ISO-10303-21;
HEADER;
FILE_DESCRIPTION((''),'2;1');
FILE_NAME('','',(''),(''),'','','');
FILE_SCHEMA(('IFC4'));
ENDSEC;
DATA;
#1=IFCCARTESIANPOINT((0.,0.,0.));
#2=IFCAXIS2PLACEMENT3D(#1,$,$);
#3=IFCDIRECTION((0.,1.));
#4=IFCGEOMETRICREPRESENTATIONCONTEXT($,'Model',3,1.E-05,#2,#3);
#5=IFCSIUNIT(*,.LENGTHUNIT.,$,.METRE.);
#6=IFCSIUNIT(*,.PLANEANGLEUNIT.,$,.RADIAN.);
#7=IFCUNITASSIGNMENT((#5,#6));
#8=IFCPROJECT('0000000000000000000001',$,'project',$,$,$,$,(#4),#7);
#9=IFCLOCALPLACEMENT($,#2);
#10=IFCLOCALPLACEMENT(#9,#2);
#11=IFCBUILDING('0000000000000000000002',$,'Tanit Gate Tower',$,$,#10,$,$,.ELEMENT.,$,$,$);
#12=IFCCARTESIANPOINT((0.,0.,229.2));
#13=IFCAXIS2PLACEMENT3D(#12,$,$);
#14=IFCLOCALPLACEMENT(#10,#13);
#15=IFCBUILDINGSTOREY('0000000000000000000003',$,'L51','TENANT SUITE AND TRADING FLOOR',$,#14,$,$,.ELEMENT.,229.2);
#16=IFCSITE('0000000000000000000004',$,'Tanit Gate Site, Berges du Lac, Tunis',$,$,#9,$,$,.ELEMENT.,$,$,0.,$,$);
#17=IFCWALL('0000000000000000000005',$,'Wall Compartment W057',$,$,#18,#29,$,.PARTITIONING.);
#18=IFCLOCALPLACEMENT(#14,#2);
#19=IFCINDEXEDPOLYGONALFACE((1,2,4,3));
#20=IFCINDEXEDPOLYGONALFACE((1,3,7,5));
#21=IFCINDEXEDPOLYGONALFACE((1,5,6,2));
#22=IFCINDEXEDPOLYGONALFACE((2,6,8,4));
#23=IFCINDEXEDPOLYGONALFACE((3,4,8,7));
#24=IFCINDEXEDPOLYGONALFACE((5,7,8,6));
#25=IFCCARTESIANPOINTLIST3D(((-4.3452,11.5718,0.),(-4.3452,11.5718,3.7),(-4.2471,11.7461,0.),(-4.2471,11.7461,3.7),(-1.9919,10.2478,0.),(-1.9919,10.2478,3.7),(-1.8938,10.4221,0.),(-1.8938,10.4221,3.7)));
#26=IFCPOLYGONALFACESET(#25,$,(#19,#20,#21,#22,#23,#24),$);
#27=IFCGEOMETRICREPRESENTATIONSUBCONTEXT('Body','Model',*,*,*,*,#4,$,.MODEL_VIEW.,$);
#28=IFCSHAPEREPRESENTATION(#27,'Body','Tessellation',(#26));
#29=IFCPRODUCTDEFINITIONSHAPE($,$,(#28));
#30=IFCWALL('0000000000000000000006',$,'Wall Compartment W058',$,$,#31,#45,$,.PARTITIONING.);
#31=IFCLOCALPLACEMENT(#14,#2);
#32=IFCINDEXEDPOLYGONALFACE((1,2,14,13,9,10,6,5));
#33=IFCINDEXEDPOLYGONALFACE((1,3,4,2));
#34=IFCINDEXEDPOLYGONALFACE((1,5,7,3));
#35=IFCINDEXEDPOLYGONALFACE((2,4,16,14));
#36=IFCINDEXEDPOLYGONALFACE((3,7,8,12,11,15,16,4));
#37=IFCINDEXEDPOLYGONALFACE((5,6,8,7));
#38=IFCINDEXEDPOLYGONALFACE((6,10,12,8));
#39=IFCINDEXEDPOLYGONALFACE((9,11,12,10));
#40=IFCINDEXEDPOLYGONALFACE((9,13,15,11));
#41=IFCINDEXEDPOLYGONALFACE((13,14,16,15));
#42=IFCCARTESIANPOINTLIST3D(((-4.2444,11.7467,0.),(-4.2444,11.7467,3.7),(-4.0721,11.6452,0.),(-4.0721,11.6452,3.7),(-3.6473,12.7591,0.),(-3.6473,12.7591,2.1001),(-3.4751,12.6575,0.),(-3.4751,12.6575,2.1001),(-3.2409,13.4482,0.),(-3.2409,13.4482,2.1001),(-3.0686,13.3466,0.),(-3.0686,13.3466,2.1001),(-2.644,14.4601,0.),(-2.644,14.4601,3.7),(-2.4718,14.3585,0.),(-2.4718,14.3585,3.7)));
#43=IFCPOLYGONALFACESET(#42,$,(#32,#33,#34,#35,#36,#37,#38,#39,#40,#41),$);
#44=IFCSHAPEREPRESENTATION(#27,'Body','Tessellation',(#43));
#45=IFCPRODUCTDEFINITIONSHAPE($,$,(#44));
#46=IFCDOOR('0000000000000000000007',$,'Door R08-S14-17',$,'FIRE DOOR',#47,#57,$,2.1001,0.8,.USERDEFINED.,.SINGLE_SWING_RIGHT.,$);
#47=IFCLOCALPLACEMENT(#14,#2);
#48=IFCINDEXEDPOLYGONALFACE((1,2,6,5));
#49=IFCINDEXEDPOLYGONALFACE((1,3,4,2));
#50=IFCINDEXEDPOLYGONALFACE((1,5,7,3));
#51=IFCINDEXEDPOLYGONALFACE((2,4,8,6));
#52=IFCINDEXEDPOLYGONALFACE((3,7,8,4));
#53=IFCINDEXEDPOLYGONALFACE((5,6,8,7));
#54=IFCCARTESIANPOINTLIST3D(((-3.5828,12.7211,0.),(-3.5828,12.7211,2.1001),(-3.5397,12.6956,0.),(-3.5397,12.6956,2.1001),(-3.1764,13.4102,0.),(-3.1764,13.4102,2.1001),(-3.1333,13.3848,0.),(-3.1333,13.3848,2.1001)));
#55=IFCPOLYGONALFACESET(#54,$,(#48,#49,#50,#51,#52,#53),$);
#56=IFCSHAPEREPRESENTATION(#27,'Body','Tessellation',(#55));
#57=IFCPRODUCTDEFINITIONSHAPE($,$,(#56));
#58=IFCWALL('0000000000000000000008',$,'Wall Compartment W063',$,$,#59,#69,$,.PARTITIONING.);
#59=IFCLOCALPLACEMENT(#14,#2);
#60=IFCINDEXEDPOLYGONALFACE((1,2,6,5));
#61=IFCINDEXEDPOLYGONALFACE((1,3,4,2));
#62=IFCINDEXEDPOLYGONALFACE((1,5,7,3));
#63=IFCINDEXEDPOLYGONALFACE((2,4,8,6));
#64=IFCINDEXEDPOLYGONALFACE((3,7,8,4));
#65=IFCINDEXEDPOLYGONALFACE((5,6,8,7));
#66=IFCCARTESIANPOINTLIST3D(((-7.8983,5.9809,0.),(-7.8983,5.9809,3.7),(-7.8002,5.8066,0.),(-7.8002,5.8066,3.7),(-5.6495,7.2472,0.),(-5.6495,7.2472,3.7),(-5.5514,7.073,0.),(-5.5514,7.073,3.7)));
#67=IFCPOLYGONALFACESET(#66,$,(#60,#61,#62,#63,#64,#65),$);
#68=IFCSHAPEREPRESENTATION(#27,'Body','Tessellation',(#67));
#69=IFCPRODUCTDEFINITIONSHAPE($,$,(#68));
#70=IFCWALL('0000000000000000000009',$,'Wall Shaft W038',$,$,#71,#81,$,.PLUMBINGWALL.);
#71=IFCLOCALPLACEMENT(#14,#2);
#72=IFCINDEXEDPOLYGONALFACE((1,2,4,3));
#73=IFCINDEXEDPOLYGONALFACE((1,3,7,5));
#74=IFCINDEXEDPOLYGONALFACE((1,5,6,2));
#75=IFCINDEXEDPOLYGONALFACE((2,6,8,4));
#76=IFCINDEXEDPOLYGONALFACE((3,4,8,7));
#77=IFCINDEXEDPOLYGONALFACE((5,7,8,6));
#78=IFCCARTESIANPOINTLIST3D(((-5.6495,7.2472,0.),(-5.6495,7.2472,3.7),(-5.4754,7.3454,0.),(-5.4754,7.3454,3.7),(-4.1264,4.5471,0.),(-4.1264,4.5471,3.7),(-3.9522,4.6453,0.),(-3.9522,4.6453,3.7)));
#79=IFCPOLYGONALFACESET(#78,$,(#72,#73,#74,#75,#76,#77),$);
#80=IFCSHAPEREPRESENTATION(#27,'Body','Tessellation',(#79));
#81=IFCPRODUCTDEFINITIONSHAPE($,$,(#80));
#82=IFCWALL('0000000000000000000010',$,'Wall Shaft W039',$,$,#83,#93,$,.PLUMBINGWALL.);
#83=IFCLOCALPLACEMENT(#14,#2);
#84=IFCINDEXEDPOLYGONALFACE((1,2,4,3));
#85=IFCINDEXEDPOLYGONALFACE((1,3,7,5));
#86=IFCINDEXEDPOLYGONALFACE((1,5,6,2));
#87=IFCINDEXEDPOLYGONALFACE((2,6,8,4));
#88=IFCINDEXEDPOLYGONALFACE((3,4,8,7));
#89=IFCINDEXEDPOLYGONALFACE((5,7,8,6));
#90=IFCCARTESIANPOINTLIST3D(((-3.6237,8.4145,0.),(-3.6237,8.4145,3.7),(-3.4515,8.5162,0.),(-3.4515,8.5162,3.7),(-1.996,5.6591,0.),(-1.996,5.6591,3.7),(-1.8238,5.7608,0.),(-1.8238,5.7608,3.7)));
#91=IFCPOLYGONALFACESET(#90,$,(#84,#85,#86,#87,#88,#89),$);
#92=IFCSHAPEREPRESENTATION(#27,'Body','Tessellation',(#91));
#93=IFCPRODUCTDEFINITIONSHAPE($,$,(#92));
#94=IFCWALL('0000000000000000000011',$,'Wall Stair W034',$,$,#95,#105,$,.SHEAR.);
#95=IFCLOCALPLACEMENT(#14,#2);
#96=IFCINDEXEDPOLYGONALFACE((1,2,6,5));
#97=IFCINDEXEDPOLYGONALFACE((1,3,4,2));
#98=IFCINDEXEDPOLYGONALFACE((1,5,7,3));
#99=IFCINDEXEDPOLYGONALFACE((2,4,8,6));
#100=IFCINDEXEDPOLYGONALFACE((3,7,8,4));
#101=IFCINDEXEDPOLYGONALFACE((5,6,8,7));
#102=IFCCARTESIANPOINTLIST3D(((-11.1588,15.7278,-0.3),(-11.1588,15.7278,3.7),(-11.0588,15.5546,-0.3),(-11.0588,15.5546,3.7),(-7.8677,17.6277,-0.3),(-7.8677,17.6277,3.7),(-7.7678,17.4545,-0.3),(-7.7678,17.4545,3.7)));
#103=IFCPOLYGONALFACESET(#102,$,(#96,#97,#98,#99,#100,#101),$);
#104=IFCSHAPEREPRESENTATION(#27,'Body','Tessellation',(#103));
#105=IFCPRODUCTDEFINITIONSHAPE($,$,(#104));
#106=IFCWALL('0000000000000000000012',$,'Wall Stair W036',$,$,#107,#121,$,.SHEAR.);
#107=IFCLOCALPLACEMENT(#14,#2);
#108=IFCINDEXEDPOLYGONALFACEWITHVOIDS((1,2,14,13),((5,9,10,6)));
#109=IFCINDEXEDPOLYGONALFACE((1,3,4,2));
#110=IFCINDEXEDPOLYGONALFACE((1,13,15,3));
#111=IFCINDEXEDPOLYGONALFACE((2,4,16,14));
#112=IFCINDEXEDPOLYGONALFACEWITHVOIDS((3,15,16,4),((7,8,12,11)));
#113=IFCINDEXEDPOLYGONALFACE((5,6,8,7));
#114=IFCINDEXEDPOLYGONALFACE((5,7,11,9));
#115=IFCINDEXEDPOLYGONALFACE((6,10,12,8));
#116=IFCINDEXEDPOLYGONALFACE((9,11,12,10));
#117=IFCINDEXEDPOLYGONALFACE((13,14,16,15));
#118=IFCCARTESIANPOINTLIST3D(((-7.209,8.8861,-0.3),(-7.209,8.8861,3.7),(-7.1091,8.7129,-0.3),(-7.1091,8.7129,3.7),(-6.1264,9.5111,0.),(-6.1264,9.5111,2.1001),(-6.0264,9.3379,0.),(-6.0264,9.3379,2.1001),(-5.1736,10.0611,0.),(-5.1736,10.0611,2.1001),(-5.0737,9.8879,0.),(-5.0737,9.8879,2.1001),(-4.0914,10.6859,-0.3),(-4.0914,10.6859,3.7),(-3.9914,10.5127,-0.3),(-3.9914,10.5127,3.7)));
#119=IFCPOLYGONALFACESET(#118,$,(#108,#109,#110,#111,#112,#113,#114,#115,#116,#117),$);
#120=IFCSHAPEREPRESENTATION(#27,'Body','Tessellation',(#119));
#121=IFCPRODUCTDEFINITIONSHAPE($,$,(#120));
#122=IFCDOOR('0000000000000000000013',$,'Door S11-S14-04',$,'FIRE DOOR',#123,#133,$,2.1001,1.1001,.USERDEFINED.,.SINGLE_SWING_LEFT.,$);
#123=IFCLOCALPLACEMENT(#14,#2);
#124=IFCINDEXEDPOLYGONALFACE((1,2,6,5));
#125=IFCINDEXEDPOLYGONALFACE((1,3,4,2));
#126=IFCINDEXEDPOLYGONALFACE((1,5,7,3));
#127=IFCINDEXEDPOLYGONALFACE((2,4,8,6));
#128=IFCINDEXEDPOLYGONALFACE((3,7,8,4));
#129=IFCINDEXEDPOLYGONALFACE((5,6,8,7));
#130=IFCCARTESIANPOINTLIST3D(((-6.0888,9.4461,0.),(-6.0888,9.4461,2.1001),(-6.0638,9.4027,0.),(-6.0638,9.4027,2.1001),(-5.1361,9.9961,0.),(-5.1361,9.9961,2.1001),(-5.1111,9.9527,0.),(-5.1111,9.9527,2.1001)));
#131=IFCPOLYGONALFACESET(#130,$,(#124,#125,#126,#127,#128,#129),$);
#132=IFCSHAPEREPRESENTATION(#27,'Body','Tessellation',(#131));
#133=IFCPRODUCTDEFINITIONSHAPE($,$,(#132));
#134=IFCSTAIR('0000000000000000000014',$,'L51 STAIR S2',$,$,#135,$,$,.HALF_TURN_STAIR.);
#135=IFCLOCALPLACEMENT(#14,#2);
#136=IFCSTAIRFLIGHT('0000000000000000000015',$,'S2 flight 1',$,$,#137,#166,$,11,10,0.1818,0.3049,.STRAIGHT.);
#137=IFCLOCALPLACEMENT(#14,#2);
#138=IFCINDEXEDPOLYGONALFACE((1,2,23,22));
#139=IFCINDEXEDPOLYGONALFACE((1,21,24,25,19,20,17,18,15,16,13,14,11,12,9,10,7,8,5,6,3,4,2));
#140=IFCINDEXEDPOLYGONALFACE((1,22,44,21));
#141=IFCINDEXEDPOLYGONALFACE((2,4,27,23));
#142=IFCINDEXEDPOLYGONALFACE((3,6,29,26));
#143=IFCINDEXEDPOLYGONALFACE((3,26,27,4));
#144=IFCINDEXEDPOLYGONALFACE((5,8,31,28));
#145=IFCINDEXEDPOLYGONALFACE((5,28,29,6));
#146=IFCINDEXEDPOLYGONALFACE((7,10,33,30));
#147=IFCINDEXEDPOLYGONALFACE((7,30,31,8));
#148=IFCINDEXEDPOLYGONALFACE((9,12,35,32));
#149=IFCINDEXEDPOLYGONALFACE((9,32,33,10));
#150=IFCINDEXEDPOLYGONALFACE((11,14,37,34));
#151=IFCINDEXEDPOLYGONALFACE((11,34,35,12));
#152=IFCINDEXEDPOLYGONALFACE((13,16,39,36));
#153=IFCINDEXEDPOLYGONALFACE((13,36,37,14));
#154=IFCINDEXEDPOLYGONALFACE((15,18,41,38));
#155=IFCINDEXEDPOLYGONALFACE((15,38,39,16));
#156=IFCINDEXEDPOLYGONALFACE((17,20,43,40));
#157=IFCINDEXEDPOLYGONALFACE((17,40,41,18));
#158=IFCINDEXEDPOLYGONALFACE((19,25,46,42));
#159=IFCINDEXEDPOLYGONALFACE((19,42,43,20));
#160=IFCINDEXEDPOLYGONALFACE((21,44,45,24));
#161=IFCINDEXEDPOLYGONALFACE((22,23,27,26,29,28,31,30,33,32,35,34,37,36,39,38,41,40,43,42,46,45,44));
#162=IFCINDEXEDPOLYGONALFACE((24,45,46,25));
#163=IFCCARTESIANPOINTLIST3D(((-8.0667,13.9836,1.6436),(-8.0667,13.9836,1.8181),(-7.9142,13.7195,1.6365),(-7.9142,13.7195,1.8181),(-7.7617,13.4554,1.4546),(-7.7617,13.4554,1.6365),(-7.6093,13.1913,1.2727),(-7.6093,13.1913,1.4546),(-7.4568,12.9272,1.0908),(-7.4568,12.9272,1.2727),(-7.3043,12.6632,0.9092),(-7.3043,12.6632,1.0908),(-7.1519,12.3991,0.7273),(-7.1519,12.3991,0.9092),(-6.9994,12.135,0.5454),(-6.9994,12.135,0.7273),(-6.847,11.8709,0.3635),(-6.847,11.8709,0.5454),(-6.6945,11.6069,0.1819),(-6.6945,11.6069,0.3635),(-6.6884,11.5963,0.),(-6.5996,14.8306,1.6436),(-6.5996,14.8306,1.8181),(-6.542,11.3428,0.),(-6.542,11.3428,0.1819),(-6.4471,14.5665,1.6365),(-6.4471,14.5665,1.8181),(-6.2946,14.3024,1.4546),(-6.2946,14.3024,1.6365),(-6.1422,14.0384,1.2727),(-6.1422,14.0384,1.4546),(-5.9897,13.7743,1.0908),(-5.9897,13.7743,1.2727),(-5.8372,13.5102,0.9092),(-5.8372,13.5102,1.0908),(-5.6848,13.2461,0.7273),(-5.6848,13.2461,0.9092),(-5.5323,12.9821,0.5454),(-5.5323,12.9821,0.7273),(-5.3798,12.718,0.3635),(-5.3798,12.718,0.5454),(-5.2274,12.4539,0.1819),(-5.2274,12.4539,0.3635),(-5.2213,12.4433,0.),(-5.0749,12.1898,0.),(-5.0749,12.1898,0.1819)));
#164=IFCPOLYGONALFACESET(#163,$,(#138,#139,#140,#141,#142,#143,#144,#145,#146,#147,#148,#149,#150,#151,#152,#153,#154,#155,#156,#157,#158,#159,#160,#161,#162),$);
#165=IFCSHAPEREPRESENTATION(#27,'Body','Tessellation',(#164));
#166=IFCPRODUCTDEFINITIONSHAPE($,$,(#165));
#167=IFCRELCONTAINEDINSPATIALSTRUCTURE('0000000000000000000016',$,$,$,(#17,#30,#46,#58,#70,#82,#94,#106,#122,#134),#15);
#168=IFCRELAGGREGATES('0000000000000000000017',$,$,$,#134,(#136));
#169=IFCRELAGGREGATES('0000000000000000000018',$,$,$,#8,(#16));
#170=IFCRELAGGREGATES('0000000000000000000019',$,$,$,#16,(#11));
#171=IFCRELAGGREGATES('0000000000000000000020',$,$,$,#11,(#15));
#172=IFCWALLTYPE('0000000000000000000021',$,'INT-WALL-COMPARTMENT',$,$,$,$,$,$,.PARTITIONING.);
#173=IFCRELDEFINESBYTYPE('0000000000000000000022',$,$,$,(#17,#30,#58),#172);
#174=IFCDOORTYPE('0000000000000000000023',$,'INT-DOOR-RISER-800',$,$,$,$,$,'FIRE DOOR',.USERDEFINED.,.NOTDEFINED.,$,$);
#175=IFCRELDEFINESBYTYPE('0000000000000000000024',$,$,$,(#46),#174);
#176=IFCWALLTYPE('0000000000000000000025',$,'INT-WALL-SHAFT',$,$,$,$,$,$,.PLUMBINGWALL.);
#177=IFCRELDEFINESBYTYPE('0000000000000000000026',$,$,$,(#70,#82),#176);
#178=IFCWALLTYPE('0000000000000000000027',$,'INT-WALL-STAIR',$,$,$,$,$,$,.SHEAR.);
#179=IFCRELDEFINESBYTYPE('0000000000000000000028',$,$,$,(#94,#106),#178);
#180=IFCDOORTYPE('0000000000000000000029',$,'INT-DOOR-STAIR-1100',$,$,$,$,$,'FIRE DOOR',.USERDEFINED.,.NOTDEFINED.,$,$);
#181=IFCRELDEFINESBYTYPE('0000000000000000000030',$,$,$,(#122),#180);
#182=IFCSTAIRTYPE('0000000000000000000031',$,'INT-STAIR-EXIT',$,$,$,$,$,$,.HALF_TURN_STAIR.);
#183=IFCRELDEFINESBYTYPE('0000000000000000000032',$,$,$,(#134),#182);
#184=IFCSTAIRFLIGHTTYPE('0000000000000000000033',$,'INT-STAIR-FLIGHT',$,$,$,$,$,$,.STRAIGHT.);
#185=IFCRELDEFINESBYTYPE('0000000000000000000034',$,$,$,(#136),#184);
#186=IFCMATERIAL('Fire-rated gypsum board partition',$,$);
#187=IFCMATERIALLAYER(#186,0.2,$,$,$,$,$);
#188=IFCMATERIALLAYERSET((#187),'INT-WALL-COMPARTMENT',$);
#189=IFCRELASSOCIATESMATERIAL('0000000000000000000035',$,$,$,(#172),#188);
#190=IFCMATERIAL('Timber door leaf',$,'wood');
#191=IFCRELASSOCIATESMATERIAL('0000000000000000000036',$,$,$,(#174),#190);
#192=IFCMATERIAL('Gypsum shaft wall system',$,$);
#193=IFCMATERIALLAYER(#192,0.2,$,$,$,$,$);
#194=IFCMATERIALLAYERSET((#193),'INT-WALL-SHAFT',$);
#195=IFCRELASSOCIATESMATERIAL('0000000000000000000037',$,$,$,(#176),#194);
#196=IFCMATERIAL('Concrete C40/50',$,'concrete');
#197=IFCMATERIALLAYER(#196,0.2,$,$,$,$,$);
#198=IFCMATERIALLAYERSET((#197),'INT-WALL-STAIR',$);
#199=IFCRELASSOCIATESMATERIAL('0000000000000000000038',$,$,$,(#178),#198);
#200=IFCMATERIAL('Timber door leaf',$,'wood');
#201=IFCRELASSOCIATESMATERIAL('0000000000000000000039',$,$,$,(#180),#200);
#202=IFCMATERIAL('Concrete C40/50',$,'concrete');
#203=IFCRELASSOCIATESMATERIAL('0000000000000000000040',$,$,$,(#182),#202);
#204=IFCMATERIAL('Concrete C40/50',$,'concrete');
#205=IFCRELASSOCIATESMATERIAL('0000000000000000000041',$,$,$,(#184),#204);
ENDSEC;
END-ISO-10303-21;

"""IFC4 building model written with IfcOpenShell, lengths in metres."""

from ifc_helpers import new_model, si_unit, direction, frame, frame_2d, origin, place, context, subcontext, project, spatial, polyline, rectangle, outline, extrude, material, layer, layer_set, type_object, element, fill, aggregate, save


model = new_model("IFC4")

# Units and contexts
model_context = context("Model", 3, precision=1e-05, world=origin(), true_north=direction((0.0, 1.0)))
body_context = subcontext(model_context, "Body", "Model", "MODEL_VIEW")
ifc_project = project(units=[si_unit("LENGTHUNIT", "METRE"), si_unit("PLANEANGLEUNIT", "RADIAN")], contexts=[model_context])

# Site, building, storey
site_placement = place(None, origin())
site = spatial("IfcSite", under=ifc_project, at=site_placement, Name="Tanit Gate Site, Berges du Lac, Tunis", CompositionType="ELEMENT", RefElevation=0.0)
building_placement = place(site_placement, origin())
building = spatial("IfcBuilding", under=site, at=building_placement, Name="Tanit Gate Tower", CompositionType="ELEMENT")
storey_placement = place(building_placement, frame((0.0, 0.0, 229.2)))
storey = spatial("IfcBuildingStorey", under=building, at=storey_placement, Name="L51", Description="TENANT SUITE AND TRADING FLOOR", CompositionType="ELEMENT", Elevation=229.2)

# Wall
ifc_material_1 = material(Name="Fire-rated gypsum board partition")
ifc_layer_1 = layer(ifc_material_1, 0.2)
ifc_layer_set_1 = layer_set([ifc_layer_1], Name="INT-WALL-COMPARTMENT")
wall_type_1 = type_object("IfcWallType", Name="INT-WALL-COMPARTMENT", PredefinedType="PARTITIONING", material=ifc_layer_set_1)
wall_1_placement = place(storey_placement, frame((-4.2961, 11.6589, 0.0), z_axis=(0.0, 0.0, 1.0), x_axis=(0.871534, -0.490334, 0.0)))
element("IfcWall", 1, at=wall_1_placement, inside=storey, type_object=wall_type_1, Name="Wall Compartment W057", PredefinedType="PARTITIONING", context=body_context, shape_type="SweptSolid", body=[
    extrude(rectangle(XDim=2.7002, YDim=0.2, at=frame_2d((1.3501, 0.0))), origin(), (0.0, 0.0, 1.0), 3.7),
])

# Wall, opening, door
wall_2_placement = place(storey_placement, frame((-2.5579, 14.4094, 0.0), z_axis=(0.0, 0.0, 1.0), x_axis=(-0.508019, -0.861346, 0.0)))
wall_2 = element("IfcWall", 2, at=wall_2_placement, inside=storey, type_object=wall_type_1, Name="Wall Compartment W058", PredefinedType="PARTITIONING", context=body_context, shape_type="SweptSolid", body=[
    extrude(rectangle(XDim=3.1501, YDim=0.2, at=frame_2d((1.5752, 0.0))), origin(), (0.0, 0.0, 1.0), 3.7),
])
opening_1_placement = place(wall_2_placement, frame((1.175, 0.0, 0.0)))
opening_1 = element("IfcOpeningElement", 3, at=opening_1_placement, cuts=wall_2, PredefinedType="OPENING", context=body_context, shape_type="SweptSolid", body=[
    extrude(rectangle(XDim=0.8, YDim=2.1001, at=frame_2d((0.3999, 1.05))), frame((0.0, 0.1099, 0.0), z_axis=(0.0, -1.0, 0.0), x_axis=(1.0, 0.0, 0.0)), (0.0, 0.0, 1.0), 0.22),
])
ifc_material_2 = material(Name="Timber door leaf", Category="wood")
door_type_1 = type_object("IfcDoorType", Name="INT-DOOR-RISER-800", ElementType="FIRE DOOR", OperationType="NOTDEFINED", PredefinedType="USERDEFINED", material=ifc_material_2)
door_1_placement = place(opening_1_placement, origin())
door_1 = element("IfcDoor", 4, at=door_1_placement, inside=storey, type_object=door_type_1, Name="Door R08-S14-17", ObjectType="FIRE DOOR", OperationType="SINGLE_SWING_RIGHT", OverallHeight=2.1001, OverallWidth=0.8, PredefinedType="USERDEFINED", context=body_context, shape_type="SweptSolid", body=[
    extrude(rectangle(XDim=0.8, YDim=2.1001, at=frame_2d((0.3999, 1.05))), frame((0.0, 0.0249, 0.0), z_axis=(0.0, -1.0, 0.0), x_axis=(1.0, 0.0, 0.0)), (0.0, 0.0, 1.0), 0.05),
])
fill(opening_1, door_1)

# Wall
wall_3_placement = place(storey_placement, frame((-5.6003, 7.1602, 0.0), z_axis=(0.0, 0.0, 1.0), x_axis=(-0.87134, -0.490679, 0.0)))
element("IfcWall", 5, at=wall_3_placement, inside=storey, type_object=wall_type_1, Name="Wall Compartment W063", PredefinedType="PARTITIONING", context=body_context, shape_type="SweptSolid", body=[
    extrude(rectangle(XDim=2.5808, YDim=0.2, at=frame_2d((1.2905, 0.0))), origin(), (0.0, 0.0, 1.0), 3.7),
])

# Shared definitions
ifc_material_3 = material(Name="Gypsum shaft wall system")
ifc_layer_2 = layer(ifc_material_3, 0.2)
ifc_layer_set_2 = layer_set([ifc_layer_2], Name="INT-WALL-SHAFT")
wall_type_2 = type_object("IfcWallType", Name="INT-WALL-SHAFT", PredefinedType="PLUMBINGWALL", material=ifc_layer_set_2)

# Walls
wall_4_placement = place(storey_placement, frame((-4.0393, 4.5962, 0.0), z_axis=(0.0, 0.0, 1.0), x_axis=(-0.491323, 0.870978, 0.0)))
element("IfcWall", 6, at=wall_4_placement, inside=storey, type_object=wall_type_2, Name="Wall Shaft W038", PredefinedType="PLUMBINGWALL", context=body_context, shape_type="SweptSolid", body=[
    extrude(rectangle(XDim=3.1001, YDim=0.2, at=frame_2d((1.55, 0.0))), origin(), (0.0, 0.0, 1.0), 3.7),
])
wall_5_placement = place(storey_placement, frame((-3.5376, 8.4653, 0.0), z_axis=(0.0, 0.0, 1.0), x_axis=(0.508616, -0.860993, 0.0)))
element("IfcWall", 7, at=wall_5_placement, inside=storey, type_object=wall_type_2, Name="Wall Shaft W039", PredefinedType="PLUMBINGWALL", context=body_context, shape_type="SweptSolid", body=[
    extrude(rectangle(XDim=3.2002, YDim=0.2, at=frame_2d((1.6001, 0.0))), origin(), (0.0, 0.0, 1.0), 3.7),
])
ifc_material_4 = material(Name="Concrete C40/50", Category="concrete")
ifc_layer_3 = layer(ifc_material_4, 0.2)
ifc_layer_set_3 = layer_set([ifc_layer_3], Name="INT-WALL-STAIR")
wall_type_3 = type_object("IfcWallType", Name="INT-WALL-STAIR", PredefinedType="SHEAR", material=ifc_layer_set_3)
wall_6_placement = place(storey_placement, frame((-7.8179, 17.541, -0.3), z_axis=(0.0, 0.0, 1.0), x_axis=(-0.866044, -0.499967, 0.0)))
element("IfcWall", 8, at=wall_6_placement, inside=storey, type_object=wall_type_3, Name="Wall Stair W034", PredefinedType="SHEAR", context=body_context, shape_type="SweptSolid", body=[
    extrude(rectangle(XDim=3.8, YDim=0.2, at=frame_2d((1.8999, 0.0))), origin(), (0.0, 0.0, 1.0), 4.0),
])

# Wall, opening, door
wall_7_placement = place(storey_placement, frame((-7.1589, 8.7996, -0.3), z_axis=(0.0, 0.0, 1.0), x_axis=(0.866048, 0.499961, 0.0)))
wall_7 = element("IfcWall", 9, at=wall_7_placement, inside=storey, type_object=wall_type_3, Name="Wall Stair W036", PredefinedType="SHEAR", context=body_context, shape_type="SweptSolid", body=[
    extrude(rectangle(XDim=3.5999, YDim=0.2, at=frame_2d((1.7998, 0.0))), origin(), (0.0, 0.0, 1.0), 4.0),
])
opening_2_placement = place(wall_7_placement, frame((1.25, 0.0, 0.3)))
opening_2 = element("IfcOpeningElement", 10, at=opening_2_placement, cuts=wall_7, PredefinedType="OPENING", context=body_context, shape_type="SweptSolid", body=[
    extrude(rectangle(XDim=1.1001, YDim=2.1001, at=frame_2d((0.55, 1.05))), frame((0.0, 0.1099, 0.0), z_axis=(0.0, -1.0, 0.0), x_axis=(1.0, 0.0, 0.0)), (0.0, 0.0, 1.0), 0.22),
])
ifc_material_5 = material(Name="Timber door leaf", Category="wood")
door_type_2 = type_object("IfcDoorType", Name="INT-DOOR-STAIR-1100", ElementType="FIRE DOOR", OperationType="NOTDEFINED", PredefinedType="USERDEFINED", material=ifc_material_5)
door_2_placement = place(opening_2_placement, origin())
door_2 = element("IfcDoor", 11, at=door_2_placement, inside=storey, type_object=door_type_2, Name="Door S11-S14-04", ObjectType="FIRE DOOR", OperationType="SINGLE_SWING_LEFT", OverallHeight=2.1001, OverallWidth=1.1001, PredefinedType="USERDEFINED", context=body_context, shape_type="SweptSolid", body=[
    extrude(rectangle(XDim=1.1001, YDim=2.1001, at=frame_2d((0.55, 1.05))), frame((0.0, 0.0249, 0.0), z_axis=(0.0, -1.0, 0.0), x_axis=(1.0, 0.0, 0.0)), (0.0, 0.0, 1.0), 0.05),
])
fill(opening_2, door_2)

# Stair, stair flight
ifc_material_6 = material(Name="Concrete C40/50", Category="concrete")
stair_type = type_object("IfcStairType", Name="INT-STAIR-EXIT", PredefinedType="HALF_TURN_STAIR", material=ifc_material_6)
stair_placement = place(storey_placement, origin())
stair = element("IfcStair", 12, at=stair_placement, inside=storey, type_object=stair_type, Name="L51 STAIR S2", PredefinedType="HALF_TURN_STAIR")
ifc_material_7 = material(Name="Concrete C40/50", Category="concrete")
stair_flight_type = type_object("IfcStairFlightType", Name="INT-STAIR-FLIGHT", PredefinedType="STRAIGHT", material=ifc_material_7)
stair_flight_placement = place(storey_placement, frame((-5.8083, 11.7664, 0.0), z_axis=(0.0, 0.0, 1.0), x_axis=(-0.5, 0.866025, 0.0)))
stair_flight = element("IfcStairFlight", 13, at=stair_flight_placement, type_object=stair_flight_type, Name="S2 flight 1", NumberOfRisers=11, NumberOfTreads=10, PredefinedType="STRAIGHT", RiserHeight=0.1818, TreadLength=0.3049, context=body_context, shape_type="SweptSolid", body=[
    extrude(outline(polyline([(0.0, 0.0), (0.0, 0.1819), (0.3049, 0.1819), (0.3049, 0.3635), (0.6099, 0.3635), (0.6099, 0.5454), (0.9148, 0.5454), (0.9148, 0.7273), (1.2197, 0.7273), (1.2197, 0.9092), (1.5247, 0.9092), (1.5247, 1.0908), (1.8296, 1.0908), (1.8296, 1.2727), (2.1345, 1.2727), (2.1345, 1.4546), (2.4395, 1.4546), (2.4395, 1.6365), (2.7444, 1.6365), (2.7444, 1.8181), (3.0493, 1.8181), (3.0493, 2.0), (3.0493, 1.6436), (0.2927, 0.0), (0.0, 0.0)])), frame((0.0, 0.8472, 0.0), z_axis=(0.0, -1.0, 0.0), x_axis=(1.0, 0.0, 0.0)), (0.0, 0.0, 1.0), 1.6941),
])
aggregate(stair, [stair_flight])

save(model, "model.ifc")
